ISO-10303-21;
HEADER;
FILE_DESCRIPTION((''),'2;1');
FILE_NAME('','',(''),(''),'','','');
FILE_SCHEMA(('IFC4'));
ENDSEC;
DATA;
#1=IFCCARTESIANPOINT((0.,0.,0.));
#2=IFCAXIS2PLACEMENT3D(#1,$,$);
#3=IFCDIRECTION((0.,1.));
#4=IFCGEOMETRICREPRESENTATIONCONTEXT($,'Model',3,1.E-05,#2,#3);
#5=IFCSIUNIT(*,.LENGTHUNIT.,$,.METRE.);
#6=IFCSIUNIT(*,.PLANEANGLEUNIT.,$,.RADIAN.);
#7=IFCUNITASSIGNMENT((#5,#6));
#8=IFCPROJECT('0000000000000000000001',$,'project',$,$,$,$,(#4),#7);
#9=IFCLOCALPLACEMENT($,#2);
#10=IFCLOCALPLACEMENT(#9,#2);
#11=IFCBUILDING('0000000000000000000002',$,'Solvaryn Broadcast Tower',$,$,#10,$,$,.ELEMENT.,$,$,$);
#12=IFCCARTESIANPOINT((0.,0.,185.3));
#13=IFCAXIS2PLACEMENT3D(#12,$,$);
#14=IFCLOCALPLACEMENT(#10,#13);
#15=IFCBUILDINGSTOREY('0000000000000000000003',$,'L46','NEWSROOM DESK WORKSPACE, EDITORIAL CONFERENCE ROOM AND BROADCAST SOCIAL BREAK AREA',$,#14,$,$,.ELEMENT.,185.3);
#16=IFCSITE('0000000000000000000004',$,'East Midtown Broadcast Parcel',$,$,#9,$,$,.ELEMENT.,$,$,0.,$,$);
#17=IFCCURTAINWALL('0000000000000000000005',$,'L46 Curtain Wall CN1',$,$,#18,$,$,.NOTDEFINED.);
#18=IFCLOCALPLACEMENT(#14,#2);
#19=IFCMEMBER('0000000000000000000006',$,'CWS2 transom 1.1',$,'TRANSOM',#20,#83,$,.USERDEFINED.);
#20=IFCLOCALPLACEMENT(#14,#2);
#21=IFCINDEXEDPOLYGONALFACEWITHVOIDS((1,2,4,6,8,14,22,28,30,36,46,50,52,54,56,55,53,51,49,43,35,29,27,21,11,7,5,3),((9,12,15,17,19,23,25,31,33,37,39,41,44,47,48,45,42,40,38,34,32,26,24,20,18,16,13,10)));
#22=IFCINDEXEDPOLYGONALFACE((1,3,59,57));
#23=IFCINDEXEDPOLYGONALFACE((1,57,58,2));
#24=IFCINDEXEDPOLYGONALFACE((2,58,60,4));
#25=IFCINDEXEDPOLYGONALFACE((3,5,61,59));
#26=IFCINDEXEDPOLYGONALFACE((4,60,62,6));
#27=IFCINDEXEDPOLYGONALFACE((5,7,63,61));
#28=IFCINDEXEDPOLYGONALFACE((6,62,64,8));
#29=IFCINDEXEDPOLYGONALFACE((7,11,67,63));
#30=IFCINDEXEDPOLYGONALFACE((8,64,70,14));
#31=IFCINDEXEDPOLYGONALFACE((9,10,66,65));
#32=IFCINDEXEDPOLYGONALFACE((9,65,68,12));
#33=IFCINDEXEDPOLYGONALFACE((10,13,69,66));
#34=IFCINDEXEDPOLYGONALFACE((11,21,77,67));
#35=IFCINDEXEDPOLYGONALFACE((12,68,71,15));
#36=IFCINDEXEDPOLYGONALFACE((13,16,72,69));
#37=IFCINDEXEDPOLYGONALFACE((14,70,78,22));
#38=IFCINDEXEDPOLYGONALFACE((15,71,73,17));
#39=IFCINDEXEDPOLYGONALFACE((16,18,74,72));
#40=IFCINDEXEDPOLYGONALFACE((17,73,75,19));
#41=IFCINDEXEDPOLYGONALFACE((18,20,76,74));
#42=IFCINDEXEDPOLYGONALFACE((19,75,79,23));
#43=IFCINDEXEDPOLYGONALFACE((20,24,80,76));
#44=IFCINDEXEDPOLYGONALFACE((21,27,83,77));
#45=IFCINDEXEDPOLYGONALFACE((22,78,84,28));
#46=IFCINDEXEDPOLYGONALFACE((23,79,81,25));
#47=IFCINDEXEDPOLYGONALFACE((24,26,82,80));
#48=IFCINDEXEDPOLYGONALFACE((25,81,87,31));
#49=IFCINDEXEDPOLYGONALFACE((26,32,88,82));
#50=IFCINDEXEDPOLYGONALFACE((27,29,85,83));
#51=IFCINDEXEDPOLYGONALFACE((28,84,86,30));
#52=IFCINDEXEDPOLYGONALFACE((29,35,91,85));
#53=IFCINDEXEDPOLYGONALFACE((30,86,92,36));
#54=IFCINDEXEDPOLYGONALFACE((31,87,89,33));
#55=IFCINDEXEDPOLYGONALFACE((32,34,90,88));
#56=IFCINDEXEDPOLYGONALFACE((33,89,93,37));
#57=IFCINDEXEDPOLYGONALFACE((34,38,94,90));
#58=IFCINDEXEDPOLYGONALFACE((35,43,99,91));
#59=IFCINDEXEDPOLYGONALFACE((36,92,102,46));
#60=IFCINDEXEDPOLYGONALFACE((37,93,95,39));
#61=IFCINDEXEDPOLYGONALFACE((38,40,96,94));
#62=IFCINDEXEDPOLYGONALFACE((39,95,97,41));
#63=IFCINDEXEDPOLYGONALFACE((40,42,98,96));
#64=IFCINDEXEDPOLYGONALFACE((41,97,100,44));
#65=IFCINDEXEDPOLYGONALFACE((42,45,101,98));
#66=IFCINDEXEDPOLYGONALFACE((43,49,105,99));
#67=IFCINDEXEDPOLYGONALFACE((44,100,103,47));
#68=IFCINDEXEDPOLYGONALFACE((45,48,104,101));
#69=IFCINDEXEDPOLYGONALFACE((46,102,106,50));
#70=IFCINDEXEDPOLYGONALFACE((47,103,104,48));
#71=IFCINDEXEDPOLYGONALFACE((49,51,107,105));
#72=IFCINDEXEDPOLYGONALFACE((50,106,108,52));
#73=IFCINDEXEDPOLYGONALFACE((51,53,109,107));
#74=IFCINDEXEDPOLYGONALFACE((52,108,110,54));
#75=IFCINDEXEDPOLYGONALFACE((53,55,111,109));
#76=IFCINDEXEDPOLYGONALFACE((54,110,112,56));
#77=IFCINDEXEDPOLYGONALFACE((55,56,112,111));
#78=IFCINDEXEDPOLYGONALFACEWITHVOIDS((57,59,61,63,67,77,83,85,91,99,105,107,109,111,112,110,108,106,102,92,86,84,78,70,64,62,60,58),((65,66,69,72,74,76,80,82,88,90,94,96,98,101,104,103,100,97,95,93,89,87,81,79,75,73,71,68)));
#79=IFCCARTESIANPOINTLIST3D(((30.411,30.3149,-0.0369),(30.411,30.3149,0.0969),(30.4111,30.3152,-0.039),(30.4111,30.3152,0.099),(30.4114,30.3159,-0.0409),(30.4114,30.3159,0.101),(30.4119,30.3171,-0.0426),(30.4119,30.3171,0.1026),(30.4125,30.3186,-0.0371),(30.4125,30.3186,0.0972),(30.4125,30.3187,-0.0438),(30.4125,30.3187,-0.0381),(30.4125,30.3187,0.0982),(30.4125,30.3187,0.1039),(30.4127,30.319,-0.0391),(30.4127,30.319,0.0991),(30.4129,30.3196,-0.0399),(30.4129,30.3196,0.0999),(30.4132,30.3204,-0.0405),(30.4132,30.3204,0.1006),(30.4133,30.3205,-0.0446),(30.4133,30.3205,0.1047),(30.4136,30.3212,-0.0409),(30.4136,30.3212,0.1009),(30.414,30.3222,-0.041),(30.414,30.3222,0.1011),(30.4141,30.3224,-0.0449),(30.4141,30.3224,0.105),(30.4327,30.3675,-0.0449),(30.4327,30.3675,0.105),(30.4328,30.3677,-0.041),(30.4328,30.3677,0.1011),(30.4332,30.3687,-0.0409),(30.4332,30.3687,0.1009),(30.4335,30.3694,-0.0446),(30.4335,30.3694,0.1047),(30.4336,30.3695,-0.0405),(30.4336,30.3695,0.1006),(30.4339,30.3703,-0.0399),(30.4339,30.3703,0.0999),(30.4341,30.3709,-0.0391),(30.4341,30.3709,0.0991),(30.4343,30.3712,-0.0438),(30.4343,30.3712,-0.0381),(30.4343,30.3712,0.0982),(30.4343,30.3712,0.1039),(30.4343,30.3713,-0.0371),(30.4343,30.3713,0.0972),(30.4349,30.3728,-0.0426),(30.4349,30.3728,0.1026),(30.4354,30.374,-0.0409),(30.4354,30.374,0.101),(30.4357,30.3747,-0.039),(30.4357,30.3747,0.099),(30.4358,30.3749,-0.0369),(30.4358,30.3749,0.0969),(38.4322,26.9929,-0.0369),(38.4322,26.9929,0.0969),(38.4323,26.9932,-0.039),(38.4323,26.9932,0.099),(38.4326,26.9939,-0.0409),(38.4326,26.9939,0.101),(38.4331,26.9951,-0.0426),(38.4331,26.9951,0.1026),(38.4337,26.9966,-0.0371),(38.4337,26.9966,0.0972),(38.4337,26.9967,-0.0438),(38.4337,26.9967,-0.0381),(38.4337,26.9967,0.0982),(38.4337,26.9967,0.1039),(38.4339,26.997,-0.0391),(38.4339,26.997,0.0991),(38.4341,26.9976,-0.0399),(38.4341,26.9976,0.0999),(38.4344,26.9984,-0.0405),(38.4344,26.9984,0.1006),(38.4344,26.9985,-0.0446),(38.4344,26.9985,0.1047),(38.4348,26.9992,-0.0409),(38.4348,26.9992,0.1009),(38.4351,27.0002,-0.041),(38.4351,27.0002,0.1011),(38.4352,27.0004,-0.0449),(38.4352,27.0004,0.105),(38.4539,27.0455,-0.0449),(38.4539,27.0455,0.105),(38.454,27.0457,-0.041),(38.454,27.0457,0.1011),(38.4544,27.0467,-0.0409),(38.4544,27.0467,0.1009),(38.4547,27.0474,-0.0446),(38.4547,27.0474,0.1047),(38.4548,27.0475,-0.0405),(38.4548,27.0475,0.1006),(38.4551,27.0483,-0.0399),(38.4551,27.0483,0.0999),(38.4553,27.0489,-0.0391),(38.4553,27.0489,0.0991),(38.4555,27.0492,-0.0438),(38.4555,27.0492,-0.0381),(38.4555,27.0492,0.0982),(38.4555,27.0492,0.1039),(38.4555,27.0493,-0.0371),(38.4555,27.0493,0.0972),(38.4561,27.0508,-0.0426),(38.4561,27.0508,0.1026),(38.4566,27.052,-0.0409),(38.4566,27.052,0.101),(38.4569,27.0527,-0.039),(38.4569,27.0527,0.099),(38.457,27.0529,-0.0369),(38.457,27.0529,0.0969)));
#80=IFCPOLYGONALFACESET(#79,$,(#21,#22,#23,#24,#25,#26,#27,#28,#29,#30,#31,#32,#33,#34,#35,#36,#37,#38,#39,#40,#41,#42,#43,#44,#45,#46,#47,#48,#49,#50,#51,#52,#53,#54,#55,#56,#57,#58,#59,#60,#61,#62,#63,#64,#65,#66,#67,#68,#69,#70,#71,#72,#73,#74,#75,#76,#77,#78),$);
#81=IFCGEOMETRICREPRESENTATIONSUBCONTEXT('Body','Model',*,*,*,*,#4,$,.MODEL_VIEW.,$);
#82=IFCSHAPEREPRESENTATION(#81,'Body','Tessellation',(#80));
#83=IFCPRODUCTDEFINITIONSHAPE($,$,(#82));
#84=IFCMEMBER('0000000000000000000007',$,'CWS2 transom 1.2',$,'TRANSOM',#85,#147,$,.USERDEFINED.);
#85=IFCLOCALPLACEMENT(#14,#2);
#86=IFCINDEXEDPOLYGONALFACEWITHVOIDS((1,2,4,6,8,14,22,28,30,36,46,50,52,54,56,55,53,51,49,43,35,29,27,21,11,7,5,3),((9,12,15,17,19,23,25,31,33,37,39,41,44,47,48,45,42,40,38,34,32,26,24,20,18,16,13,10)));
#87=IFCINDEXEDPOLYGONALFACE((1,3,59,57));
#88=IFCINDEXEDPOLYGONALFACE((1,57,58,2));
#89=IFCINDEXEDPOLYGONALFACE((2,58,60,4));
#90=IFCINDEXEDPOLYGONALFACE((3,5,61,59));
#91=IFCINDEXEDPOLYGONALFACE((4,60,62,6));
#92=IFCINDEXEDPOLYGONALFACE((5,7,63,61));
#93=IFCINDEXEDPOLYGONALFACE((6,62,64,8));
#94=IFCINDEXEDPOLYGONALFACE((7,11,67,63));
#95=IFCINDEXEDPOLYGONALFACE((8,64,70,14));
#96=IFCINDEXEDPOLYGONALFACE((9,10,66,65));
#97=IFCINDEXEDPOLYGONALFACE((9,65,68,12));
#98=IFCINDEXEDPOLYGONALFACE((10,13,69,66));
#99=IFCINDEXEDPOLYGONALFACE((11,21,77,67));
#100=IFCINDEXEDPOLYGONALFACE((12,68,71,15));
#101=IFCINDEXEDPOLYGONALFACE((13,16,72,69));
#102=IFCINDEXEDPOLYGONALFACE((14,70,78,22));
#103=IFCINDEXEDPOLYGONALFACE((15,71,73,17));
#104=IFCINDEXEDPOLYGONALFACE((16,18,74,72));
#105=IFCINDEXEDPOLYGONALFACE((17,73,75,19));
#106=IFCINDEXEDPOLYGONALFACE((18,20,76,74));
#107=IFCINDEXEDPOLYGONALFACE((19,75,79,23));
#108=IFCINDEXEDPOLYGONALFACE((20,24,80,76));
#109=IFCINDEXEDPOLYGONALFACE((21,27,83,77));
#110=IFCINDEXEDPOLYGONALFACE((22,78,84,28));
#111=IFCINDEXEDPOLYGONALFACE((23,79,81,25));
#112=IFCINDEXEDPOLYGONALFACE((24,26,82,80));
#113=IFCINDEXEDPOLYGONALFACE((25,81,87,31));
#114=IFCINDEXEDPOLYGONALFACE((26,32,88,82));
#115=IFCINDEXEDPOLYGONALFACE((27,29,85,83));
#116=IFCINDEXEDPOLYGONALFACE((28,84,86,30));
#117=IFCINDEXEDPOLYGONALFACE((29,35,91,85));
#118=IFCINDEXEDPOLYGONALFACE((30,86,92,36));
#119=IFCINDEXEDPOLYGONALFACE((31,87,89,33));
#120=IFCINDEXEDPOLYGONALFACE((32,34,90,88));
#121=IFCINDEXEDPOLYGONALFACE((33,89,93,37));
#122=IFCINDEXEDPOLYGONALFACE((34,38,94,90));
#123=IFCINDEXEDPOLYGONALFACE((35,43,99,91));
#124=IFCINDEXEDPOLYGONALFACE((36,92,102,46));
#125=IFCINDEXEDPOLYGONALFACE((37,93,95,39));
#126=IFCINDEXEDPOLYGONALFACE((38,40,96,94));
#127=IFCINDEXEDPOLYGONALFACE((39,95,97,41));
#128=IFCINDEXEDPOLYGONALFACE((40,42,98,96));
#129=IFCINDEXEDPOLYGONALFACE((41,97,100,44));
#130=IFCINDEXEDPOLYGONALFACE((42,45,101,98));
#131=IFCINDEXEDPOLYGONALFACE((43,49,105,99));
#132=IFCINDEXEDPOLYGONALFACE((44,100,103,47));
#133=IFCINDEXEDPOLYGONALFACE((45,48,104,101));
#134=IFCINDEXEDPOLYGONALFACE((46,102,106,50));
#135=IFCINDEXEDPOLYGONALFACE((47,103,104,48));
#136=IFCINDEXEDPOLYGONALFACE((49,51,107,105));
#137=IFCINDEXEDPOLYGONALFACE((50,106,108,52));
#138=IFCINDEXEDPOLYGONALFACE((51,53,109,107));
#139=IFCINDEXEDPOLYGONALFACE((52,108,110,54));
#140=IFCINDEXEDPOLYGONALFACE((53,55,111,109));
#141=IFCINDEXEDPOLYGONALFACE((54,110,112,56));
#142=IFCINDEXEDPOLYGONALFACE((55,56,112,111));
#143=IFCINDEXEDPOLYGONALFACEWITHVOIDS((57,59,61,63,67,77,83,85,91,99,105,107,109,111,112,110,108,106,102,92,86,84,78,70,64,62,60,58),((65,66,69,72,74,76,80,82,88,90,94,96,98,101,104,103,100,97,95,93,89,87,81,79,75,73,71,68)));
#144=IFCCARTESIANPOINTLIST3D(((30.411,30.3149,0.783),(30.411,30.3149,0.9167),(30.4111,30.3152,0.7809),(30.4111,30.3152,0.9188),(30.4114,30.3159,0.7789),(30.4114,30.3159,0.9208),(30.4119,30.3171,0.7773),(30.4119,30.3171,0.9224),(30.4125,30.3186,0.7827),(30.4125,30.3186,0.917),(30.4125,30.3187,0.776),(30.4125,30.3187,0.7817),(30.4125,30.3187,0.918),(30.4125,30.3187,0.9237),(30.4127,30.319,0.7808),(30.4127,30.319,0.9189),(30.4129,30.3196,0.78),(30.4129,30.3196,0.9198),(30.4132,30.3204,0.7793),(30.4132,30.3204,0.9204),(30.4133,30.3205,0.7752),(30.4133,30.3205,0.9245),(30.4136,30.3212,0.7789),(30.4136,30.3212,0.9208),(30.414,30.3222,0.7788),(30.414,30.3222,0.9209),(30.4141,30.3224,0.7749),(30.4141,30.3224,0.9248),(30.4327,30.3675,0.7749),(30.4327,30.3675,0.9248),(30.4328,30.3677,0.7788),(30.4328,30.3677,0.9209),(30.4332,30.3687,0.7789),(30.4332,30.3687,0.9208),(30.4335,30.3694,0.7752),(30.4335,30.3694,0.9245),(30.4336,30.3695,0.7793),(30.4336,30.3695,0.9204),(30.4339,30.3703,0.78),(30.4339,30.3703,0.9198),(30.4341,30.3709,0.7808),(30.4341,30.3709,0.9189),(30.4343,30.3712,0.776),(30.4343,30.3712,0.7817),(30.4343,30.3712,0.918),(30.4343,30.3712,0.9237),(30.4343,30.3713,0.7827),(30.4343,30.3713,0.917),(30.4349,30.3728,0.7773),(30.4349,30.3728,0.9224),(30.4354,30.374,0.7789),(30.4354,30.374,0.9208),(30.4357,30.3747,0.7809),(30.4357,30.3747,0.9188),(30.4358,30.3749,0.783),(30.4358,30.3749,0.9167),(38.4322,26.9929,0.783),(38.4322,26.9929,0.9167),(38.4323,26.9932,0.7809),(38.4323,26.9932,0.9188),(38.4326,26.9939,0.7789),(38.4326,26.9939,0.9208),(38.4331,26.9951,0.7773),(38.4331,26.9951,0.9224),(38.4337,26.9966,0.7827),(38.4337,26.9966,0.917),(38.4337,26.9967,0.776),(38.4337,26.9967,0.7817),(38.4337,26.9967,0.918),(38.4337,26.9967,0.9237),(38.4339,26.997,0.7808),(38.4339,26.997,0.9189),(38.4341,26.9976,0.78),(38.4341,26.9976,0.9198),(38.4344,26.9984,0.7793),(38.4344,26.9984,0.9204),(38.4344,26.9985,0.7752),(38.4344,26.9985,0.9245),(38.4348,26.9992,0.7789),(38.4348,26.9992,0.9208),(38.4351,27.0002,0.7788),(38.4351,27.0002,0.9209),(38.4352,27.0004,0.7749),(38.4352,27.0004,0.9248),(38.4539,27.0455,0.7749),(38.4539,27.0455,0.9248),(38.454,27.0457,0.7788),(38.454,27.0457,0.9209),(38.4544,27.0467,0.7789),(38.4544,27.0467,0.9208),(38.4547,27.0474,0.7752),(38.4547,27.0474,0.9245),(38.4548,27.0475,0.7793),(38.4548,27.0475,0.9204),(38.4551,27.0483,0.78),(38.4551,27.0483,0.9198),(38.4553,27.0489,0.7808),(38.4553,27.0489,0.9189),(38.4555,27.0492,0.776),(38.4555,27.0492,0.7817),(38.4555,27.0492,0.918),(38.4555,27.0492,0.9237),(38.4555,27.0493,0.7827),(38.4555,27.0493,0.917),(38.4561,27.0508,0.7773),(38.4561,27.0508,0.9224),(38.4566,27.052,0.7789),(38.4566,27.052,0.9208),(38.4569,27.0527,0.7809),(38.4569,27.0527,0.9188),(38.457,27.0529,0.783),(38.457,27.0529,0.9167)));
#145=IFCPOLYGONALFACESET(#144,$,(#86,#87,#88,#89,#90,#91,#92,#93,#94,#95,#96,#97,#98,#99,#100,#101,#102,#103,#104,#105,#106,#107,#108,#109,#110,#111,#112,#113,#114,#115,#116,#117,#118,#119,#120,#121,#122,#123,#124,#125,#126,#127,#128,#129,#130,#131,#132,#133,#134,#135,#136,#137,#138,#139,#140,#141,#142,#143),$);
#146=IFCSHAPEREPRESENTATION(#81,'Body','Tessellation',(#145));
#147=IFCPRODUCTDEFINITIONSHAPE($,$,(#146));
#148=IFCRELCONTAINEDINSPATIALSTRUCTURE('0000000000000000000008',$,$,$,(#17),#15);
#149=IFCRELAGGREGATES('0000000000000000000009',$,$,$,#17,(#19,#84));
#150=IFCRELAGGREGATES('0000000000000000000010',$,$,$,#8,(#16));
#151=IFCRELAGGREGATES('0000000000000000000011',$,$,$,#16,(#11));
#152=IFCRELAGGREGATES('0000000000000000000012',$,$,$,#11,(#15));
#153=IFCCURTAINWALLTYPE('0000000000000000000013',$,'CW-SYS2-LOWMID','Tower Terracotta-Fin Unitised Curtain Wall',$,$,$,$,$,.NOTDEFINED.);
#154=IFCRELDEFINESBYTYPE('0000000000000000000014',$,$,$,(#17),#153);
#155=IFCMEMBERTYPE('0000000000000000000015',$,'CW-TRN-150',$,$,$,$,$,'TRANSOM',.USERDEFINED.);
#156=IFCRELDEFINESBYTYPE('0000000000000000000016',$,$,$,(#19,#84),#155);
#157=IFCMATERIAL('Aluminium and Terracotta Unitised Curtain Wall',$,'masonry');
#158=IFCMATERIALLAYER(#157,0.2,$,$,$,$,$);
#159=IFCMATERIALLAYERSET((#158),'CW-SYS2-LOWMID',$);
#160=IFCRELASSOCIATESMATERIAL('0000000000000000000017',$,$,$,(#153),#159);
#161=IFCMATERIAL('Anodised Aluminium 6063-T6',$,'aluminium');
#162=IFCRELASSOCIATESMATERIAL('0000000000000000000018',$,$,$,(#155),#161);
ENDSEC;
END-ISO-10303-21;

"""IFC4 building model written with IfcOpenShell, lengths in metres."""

from ifc_helpers import new_model, si_unit, direction, frame, origin, origin_2d, place, context, subcontext, project, spatial, hollow_rectangle, extrude, material, layer, layer_set, material_profile, profile_set, type_object, element, aggregate, save


model = new_model("IFC4")

# Units and contexts
model_context = context("Model", 3, precision=1e-05, world=origin(), true_north=direction((0.0, 1.0)))
body_context = subcontext(model_context, "Body", "Model", "MODEL_VIEW")
ifc_project = project(units=[si_unit("LENGTHUNIT", "METRE"), si_unit("PLANEANGLEUNIT", "RADIAN")], contexts=[model_context])

# Site, building, storey
site_placement = place(None, origin())
site = spatial("IfcSite", under=ifc_project, at=site_placement, Name="East Midtown Broadcast Parcel", CompositionType="ELEMENT", RefElevation=0.0)
building_placement = place(site_placement, origin())
building = spatial("IfcBuilding", under=site, at=building_placement, Name="Solvaryn Broadcast Tower", CompositionType="ELEMENT")
storey_placement = place(building_placement, frame((0.0, 0.0, 185.3)))
storey = spatial("IfcBuildingStorey", under=building, at=storey_placement, Name="L46", Description="NEWSROOM DESK WORKSPACE, EDITORIAL CONFERENCE ROOM AND BROADCAST SOCIAL BREAK AREA", CompositionType="ELEMENT", Elevation=185.3)

# Curtain wall
ifc_material_1 = material(Name="Aluminium and Terracotta Unitised Curtain Wall", Category="masonry")
ifc_layer_1 = layer(ifc_material_1, 0.2)
ifc_layer_set_1 = layer_set([ifc_layer_1], Name="CW-SYS2-LOWMID")
curtain_wall_type = type_object("IfcCurtainWallType", Name="CW-SYS2-LOWMID", Description="Tower Terracotta-Fin Unitised Curtain Wall", PredefinedType="NOTDEFINED", material=ifc_layer_set_1)
curtain_wall_1_placement = place(storey_placement, origin())
curtain_wall_1 = element("IfcCurtainWall", 1, at=curtain_wall_1_placement, inside=storey, type_object=curtain_wall_type, Name="L46 Curtain Wall CN1", PredefinedType="NOTDEFINED")

# Members
ifc_material_2 = material(Name="Anodised Aluminium 6063-T6", Category="aluminium")
ifc_material_profile_1 = material_profile(ifc_material_2, hollow_rectangle(XDim=0.0649, YDim=0.1499, WallThickness=0.0039, InnerFilletRadius=0.0039, OuterFilletRadius=0.0081, at=origin_2d()))
ifc_profile_set_1 = profile_set([ifc_material_profile_1], Name="Anodised Aluminium 6063-T6")
member_type_1 = type_object("IfcMemberType", Name="CW-TRN-150", ElementType="TRANSOM", PredefinedType="USERDEFINED", material=ifc_profile_set_1)
member_1_placement = place(storey_placement, frame((38.4446, 27.0229, 0.03), z_axis=(-0.923899, 0.382636, 0.0), x_axis=(-0.382636, -0.923899, 0.0)))
member_1 = element("IfcMember", 2, at=member_1_placement, type_object=member_type_1, Name="CWS2 transom 1.1", ObjectType="TRANSOM", PredefinedType="USERDEFINED", context=body_context, shape_type="SweptSolid", body=[
    extrude(hollow_rectangle(XDim=0.0649, YDim=0.1499, WallThickness=0.0039, InnerFilletRadius=0.0039, OuterFilletRadius=0.0081, at=origin_2d()), origin(), (0.0, 0.0, 1.0), 8.6819),
])
member_2_placement = place(storey_placement, frame((38.4446, 27.0229, 0.8499), z_axis=(-0.923899, 0.382636, 0.0), x_axis=(-0.382636, -0.923899, 0.0)))
member_2 = element("IfcMember", 3, at=member_2_placement, type_object=member_type_1, Name="CWS2 transom 1.2", ObjectType="TRANSOM", PredefinedType="USERDEFINED", context=body_context, shape_type="SweptSolid", body=[
    extrude(hollow_rectangle(XDim=0.0649, YDim=0.1499, WallThickness=0.0039, InnerFilletRadius=0.0039, OuterFilletRadius=0.0081, at=origin_2d()), origin(), (0.0, 0.0, 1.0), 8.6819),
])
aggregate(curtain_wall_1, [member_1, member_2])

save(model, "model.ifc")
